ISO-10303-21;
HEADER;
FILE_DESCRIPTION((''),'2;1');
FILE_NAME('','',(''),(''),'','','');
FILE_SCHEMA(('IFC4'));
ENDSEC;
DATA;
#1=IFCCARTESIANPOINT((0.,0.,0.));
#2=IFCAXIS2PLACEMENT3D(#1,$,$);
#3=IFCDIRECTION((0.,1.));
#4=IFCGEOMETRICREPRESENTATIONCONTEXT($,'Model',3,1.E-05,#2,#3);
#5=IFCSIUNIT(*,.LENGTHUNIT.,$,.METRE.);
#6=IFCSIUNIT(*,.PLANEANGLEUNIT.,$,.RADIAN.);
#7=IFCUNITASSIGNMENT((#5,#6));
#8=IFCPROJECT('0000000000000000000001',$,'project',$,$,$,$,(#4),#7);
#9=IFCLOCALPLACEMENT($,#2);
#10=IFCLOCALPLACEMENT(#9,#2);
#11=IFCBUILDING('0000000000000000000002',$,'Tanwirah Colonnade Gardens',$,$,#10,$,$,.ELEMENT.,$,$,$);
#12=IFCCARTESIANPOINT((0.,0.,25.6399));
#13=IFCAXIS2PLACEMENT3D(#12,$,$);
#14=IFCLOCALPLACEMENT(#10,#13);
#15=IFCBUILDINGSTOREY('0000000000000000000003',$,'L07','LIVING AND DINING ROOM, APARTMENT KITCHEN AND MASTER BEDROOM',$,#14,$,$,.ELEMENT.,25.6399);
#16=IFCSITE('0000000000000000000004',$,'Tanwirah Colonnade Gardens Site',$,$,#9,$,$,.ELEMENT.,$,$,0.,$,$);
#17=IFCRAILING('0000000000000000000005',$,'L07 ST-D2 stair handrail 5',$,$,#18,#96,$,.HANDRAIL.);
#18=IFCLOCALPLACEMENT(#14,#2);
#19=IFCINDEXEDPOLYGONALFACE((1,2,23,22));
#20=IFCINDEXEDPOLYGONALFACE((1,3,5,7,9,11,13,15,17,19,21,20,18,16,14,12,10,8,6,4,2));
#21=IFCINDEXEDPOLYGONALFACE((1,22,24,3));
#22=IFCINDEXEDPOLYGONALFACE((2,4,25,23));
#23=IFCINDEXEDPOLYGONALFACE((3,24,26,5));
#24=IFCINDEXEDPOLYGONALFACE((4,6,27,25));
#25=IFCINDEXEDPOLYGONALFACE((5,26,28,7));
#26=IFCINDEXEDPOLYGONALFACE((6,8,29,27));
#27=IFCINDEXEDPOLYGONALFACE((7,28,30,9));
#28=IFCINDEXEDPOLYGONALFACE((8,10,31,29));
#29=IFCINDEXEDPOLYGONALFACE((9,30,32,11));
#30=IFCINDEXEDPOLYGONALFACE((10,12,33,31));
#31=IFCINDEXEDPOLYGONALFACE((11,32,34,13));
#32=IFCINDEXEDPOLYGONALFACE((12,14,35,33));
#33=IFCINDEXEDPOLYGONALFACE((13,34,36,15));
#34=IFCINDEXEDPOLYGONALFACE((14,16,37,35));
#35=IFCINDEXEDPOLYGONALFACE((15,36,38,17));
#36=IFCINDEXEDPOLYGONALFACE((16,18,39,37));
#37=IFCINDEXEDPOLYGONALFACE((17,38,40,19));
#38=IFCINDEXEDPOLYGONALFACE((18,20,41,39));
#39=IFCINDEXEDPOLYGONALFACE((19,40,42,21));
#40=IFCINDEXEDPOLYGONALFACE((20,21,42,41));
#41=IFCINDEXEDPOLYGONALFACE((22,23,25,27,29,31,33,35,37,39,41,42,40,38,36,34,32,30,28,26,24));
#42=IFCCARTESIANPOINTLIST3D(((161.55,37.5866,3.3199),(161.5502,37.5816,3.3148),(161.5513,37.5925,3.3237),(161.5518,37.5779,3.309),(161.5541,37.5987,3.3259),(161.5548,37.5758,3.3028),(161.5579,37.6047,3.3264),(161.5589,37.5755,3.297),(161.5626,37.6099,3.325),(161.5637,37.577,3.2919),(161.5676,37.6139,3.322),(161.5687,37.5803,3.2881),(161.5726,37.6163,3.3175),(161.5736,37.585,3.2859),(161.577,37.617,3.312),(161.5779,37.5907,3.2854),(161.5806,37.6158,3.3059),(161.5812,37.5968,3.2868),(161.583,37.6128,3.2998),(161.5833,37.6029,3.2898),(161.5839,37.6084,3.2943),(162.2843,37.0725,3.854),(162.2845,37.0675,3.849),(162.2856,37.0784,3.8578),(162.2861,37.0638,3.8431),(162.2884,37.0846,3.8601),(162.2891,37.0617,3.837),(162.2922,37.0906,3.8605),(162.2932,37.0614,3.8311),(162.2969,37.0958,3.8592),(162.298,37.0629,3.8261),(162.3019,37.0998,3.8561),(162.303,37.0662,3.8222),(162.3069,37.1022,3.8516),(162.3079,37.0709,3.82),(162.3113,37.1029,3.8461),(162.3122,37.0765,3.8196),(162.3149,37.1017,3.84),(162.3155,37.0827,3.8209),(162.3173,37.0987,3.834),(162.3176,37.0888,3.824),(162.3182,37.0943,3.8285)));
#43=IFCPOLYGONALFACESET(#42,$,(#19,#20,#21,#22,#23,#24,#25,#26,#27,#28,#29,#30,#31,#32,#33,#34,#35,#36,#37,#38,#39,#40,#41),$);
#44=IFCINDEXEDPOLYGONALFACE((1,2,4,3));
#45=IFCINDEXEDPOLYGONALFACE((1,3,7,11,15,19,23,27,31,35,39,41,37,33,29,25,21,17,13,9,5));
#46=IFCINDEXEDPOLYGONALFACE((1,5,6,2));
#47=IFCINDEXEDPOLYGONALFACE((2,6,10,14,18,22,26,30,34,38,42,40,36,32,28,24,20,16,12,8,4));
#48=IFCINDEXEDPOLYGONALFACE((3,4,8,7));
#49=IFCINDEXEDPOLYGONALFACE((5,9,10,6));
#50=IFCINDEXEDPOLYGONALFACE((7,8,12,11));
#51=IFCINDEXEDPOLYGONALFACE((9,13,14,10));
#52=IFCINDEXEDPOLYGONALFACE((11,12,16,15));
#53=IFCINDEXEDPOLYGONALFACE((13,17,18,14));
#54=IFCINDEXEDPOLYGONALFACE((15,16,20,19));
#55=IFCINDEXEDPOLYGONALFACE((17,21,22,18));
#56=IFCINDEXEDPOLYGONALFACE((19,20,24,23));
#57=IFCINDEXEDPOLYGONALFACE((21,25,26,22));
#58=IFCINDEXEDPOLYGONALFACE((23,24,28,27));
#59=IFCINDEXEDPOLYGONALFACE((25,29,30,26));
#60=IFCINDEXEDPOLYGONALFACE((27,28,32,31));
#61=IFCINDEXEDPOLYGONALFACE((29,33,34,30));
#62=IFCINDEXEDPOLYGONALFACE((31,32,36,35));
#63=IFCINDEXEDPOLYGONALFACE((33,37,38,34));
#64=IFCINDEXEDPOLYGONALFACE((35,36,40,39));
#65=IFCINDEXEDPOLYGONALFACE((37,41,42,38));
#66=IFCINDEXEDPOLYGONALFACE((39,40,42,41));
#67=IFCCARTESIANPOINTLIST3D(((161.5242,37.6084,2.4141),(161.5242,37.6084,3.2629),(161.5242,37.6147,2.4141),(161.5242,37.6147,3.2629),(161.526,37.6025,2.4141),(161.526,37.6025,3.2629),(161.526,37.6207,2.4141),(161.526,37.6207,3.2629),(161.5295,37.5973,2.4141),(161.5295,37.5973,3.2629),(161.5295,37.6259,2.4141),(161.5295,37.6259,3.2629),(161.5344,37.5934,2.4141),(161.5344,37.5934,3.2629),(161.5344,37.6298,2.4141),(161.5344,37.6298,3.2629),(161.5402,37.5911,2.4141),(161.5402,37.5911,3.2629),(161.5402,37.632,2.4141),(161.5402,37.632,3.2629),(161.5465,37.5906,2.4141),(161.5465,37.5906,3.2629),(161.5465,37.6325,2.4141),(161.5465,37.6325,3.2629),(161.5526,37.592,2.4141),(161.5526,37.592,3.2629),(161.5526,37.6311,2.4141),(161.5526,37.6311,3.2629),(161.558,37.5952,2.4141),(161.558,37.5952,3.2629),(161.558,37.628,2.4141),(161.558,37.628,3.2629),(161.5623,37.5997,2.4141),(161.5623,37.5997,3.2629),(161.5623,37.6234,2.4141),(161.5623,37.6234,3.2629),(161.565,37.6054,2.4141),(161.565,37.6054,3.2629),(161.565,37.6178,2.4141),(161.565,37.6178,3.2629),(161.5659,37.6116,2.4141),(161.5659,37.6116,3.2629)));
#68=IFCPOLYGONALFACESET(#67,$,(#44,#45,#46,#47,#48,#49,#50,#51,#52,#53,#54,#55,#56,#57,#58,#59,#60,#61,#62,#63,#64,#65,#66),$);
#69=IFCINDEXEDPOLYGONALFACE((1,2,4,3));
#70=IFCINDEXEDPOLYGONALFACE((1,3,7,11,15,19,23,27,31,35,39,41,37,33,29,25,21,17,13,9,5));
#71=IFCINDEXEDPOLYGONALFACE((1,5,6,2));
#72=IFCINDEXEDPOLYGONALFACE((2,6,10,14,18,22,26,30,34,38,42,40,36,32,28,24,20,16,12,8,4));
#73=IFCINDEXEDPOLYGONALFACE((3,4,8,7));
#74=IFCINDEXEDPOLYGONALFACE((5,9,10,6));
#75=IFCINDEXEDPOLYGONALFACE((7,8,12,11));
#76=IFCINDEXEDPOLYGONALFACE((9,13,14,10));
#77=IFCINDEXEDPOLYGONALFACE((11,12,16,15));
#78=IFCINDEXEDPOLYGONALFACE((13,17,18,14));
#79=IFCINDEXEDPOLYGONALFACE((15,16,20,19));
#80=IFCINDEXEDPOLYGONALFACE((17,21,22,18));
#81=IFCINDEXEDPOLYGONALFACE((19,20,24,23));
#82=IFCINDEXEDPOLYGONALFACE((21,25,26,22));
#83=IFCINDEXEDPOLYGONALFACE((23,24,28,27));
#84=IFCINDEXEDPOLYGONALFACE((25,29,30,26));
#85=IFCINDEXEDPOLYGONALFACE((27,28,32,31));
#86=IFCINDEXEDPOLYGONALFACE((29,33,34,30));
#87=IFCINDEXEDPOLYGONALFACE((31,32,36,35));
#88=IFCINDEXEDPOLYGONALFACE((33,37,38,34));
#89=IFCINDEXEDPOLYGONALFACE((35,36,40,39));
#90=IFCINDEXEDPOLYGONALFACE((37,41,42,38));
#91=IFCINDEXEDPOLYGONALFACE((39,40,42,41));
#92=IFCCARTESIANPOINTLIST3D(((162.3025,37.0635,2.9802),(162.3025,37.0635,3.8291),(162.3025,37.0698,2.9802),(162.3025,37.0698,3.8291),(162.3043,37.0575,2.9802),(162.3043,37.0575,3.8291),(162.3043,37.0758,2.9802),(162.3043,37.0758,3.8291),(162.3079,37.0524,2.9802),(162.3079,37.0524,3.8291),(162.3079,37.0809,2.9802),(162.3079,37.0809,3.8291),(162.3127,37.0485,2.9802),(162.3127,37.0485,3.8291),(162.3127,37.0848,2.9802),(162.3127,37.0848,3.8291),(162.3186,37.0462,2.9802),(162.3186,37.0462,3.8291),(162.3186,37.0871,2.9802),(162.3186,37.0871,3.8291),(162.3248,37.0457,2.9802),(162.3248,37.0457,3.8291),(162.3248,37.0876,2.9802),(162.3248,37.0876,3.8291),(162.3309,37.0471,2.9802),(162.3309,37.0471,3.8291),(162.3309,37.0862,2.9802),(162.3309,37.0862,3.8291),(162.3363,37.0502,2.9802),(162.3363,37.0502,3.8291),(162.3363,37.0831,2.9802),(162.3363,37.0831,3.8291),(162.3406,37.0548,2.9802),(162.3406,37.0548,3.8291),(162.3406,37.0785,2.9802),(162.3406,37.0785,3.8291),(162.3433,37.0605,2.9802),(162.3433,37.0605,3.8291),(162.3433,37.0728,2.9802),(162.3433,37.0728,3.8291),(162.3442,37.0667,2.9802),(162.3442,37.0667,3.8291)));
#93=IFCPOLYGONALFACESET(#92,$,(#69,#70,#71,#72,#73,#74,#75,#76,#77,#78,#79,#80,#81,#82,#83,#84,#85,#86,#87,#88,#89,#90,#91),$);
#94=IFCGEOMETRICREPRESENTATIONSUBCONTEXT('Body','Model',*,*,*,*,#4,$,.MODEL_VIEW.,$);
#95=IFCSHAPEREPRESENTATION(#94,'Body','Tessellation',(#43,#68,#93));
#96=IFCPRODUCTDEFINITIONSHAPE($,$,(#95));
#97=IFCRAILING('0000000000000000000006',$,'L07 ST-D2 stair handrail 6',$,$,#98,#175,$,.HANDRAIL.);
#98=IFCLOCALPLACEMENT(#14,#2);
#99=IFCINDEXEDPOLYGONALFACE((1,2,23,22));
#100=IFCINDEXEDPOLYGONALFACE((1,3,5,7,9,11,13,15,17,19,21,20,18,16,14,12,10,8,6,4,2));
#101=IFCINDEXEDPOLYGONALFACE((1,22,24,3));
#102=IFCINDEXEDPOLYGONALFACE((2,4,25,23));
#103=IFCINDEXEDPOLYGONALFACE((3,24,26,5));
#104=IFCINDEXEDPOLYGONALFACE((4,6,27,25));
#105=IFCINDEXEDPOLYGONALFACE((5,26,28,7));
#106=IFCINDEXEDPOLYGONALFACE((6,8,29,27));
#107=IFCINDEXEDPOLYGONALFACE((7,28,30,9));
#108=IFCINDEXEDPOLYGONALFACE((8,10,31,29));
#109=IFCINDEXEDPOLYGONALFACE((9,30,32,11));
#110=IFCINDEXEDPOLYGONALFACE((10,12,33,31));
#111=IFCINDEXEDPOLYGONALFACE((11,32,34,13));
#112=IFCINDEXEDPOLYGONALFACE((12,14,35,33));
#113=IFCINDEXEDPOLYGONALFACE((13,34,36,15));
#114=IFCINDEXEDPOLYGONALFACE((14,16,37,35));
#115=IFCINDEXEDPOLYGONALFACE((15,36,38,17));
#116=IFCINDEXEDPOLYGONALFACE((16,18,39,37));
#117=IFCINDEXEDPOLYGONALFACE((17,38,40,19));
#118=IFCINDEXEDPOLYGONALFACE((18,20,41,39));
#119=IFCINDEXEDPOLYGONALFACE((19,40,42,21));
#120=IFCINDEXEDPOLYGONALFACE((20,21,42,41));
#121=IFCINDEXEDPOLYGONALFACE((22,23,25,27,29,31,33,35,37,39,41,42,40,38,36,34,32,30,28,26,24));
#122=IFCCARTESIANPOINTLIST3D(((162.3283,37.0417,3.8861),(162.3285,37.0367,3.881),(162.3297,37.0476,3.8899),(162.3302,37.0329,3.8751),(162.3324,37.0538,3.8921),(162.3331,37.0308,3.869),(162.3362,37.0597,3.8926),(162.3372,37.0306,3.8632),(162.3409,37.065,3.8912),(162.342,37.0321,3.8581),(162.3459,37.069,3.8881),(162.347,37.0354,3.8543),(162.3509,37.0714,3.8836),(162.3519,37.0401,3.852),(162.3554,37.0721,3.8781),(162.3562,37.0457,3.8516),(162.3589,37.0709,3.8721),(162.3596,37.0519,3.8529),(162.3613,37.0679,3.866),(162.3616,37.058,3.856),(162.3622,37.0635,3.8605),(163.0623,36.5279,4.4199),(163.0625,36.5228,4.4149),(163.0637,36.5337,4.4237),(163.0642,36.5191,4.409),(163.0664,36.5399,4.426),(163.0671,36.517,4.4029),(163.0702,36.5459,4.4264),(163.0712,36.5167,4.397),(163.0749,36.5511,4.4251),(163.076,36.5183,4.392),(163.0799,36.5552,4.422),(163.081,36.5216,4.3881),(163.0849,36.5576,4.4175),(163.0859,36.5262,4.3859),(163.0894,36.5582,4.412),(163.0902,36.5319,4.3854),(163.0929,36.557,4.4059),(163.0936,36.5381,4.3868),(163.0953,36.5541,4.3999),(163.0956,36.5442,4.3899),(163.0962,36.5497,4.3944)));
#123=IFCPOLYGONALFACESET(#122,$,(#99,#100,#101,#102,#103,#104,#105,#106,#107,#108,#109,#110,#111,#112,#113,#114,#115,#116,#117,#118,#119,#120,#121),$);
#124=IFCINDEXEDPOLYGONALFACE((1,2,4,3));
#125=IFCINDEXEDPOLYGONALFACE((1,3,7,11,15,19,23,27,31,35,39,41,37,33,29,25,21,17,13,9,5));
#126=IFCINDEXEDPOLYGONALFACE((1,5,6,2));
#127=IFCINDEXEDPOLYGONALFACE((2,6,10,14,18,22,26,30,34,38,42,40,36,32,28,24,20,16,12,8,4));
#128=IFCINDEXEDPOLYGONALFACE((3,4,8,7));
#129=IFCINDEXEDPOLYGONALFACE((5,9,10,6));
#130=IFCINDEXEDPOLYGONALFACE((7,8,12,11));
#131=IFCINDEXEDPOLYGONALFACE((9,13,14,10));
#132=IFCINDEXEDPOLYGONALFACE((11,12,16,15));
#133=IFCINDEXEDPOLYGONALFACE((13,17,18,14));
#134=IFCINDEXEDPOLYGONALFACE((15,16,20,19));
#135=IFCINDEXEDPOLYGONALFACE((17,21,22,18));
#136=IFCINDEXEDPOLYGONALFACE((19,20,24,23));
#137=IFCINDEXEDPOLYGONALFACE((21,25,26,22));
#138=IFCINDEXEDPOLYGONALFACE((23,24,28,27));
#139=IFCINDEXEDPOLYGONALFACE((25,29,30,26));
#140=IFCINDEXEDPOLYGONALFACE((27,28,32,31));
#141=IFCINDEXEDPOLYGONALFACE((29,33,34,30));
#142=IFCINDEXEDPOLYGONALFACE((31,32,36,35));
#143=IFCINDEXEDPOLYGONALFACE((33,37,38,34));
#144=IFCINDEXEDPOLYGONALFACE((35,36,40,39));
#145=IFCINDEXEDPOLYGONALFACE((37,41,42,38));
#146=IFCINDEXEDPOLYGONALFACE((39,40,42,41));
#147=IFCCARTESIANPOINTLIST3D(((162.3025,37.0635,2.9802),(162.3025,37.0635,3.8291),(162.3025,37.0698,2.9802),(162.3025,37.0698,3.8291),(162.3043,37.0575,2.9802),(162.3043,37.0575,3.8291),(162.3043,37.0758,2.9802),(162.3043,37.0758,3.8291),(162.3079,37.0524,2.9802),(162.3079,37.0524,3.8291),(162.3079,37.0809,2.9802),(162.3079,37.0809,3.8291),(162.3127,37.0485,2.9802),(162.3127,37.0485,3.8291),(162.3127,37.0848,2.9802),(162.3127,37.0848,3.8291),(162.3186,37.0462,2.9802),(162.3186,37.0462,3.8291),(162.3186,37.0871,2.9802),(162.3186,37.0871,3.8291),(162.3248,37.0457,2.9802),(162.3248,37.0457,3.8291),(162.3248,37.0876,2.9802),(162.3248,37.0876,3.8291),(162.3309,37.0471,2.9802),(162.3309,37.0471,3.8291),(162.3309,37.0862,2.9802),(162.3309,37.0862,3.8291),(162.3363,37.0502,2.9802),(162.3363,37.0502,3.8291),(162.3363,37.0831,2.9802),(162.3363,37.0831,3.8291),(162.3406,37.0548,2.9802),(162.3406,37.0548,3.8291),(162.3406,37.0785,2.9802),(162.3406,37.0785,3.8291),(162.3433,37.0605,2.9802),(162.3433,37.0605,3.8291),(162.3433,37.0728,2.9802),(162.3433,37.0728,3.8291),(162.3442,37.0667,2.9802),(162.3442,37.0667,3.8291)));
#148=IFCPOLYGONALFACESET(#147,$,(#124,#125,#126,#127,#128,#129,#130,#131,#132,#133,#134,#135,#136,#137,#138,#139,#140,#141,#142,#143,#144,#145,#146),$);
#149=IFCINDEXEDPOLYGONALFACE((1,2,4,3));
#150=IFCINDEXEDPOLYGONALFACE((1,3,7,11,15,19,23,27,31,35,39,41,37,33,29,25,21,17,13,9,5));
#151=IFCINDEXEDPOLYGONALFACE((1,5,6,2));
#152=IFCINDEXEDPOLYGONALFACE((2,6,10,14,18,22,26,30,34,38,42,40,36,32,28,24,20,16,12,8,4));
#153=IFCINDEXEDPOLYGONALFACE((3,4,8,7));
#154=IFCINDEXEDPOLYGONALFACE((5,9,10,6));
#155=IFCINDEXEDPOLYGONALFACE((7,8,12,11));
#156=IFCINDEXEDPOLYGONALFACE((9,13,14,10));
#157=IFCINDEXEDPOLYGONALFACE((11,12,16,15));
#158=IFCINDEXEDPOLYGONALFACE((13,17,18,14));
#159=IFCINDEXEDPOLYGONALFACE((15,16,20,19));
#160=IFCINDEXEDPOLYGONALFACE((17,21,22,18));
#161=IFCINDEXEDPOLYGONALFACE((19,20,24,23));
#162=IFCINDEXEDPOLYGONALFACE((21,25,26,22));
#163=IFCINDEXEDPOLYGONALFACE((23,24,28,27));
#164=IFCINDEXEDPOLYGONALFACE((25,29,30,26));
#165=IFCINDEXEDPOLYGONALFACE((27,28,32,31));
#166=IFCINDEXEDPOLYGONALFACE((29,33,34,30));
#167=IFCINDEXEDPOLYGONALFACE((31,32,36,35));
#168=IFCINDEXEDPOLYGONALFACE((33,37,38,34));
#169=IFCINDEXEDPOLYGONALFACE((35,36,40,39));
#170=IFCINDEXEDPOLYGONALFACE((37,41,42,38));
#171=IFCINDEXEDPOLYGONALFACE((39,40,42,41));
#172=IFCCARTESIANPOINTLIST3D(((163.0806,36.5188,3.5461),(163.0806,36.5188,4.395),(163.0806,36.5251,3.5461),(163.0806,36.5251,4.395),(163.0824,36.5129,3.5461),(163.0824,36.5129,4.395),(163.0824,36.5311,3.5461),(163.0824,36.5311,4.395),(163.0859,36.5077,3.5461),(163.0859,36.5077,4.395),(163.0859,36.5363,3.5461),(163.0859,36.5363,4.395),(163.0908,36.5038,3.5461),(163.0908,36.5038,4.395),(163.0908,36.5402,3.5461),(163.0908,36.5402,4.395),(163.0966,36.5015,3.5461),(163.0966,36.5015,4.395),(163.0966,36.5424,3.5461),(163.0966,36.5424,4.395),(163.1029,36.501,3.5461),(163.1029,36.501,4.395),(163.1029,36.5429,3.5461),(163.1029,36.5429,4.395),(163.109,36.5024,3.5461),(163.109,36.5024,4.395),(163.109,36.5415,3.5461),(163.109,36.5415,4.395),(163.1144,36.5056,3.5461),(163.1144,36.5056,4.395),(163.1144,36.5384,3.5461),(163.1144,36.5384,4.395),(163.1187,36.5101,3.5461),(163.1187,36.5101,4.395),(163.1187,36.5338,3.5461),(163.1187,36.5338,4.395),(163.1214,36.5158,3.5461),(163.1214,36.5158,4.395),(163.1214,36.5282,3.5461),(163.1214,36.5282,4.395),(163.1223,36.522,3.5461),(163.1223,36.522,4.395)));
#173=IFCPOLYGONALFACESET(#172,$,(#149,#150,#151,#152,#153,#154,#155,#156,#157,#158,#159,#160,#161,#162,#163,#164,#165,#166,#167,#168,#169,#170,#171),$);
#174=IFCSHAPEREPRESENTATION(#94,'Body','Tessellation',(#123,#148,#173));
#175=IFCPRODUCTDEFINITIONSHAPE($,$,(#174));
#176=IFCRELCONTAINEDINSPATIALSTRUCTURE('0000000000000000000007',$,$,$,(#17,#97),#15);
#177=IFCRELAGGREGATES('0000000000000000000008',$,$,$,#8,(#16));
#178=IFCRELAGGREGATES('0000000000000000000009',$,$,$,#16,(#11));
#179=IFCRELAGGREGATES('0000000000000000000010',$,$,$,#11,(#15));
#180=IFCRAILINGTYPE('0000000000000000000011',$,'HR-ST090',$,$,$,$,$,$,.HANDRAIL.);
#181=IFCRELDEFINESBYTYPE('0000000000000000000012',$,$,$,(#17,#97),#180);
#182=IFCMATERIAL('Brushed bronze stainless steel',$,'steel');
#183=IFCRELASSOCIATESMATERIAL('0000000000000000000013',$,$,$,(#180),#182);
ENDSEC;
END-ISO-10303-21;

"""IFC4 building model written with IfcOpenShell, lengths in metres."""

from ifc_helpers import new_model, si_unit, direction, frame, origin, origin_2d, place, context, subcontext, project, spatial, circle, extrude, material, type_object, element, save


model = new_model("IFC4")

# Units and contexts
model_context = context("Model", 3, precision=1e-05, world=origin(), true_north=direction((0.0, 1.0)))
body_context = subcontext(model_context, "Body", "Model", "MODEL_VIEW")
ifc_project = project(units=[si_unit("LENGTHUNIT", "METRE"), si_unit("PLANEANGLEUNIT", "RADIAN")], contexts=[model_context])

# Site, building, storey
site_placement = place(None, origin())
site = spatial("IfcSite", under=ifc_project, at=site_placement, Name="Tanwirah Colonnade Gardens Site", CompositionType="ELEMENT", RefElevation=0.0)
building_placement = place(site_placement, origin())
building = spatial("IfcBuilding", under=site, at=building_placement, Name="Tanwirah Colonnade Gardens", CompositionType="ELEMENT")
storey_placement = place(building_placement, frame((0.0, 0.0, 25.6399)))
storey = spatial("IfcBuildingStorey", under=building, at=storey_placement, Name="L07", Description="LIVING AND DINING ROOM, APARTMENT KITCHEN AND MASTER BEDROOM", CompositionType="ELEMENT", Elevation=25.6399)

# Railings
ifc_material_1 = material(Name="Brushed bronze stainless steel", Category="steel")
railing_type_1 = type_object("IfcRailingType", Name="HR-ST090", PredefinedType="HANDRAIL", material=ifc_material_1)
railing_1_placement = place(storey_placement, frame((161.5449, 37.6116, 2.4141)))
element("IfcRailing", 1, at=railing_1_placement, inside=storey, type_object=railing_type_1, Name="L07 ST-D2 stair handrail 5", PredefinedType="HANDRAIL", context=body_context, shape_type="SweptSolid", body=[
    extrude(circle(Radius=0.0239, at=origin_2d()), frame((0.022, -0.0154, 0.8918), z_axis=(0.703718, -0.492691, 0.511895), x_axis=(0.573531, 0.819184, 0.0)), (0.0, 0.0, 1.0), 1.0435),
    extrude(circle(Radius=0.021, at=origin_2d()), origin(), (0.0, 0.0, 1.0), 0.8489),
    extrude(circle(Radius=0.021, at=origin_2d()), frame((0.7783, -0.5449, 0.5662)), (0.0, 0.0, 1.0), 0.8489),
])
railing_2_placement = place(storey_placement, frame((162.3232, 37.0667, 2.9802)))
element("IfcRailing", 2, at=railing_2_placement, inside=storey, type_object=railing_type_1, Name="L07 ST-D2 stair handrail 6", PredefinedType="HANDRAIL", context=body_context, shape_type="SweptSolid", body=[
    extrude(circle(Radius=0.0239, at=origin_2d()), frame((0.022, -0.0154, 0.8918), z_axis=(0.703763, -0.492656, 0.511868), x_axis=(0.57348, 0.81922, 0.0)), (0.0, 0.0, 1.0), 1.043),
    extrude(circle(Radius=0.021, at=origin_2d()), origin(), (0.0, 0.0, 1.0), 0.8489),
    extrude(circle(Radius=0.021, at=origin_2d()), frame((0.7781, -0.5447, 0.5659)), (0.0, 0.0, 1.0), 0.8489),
])

save(model, "model.ifc")
